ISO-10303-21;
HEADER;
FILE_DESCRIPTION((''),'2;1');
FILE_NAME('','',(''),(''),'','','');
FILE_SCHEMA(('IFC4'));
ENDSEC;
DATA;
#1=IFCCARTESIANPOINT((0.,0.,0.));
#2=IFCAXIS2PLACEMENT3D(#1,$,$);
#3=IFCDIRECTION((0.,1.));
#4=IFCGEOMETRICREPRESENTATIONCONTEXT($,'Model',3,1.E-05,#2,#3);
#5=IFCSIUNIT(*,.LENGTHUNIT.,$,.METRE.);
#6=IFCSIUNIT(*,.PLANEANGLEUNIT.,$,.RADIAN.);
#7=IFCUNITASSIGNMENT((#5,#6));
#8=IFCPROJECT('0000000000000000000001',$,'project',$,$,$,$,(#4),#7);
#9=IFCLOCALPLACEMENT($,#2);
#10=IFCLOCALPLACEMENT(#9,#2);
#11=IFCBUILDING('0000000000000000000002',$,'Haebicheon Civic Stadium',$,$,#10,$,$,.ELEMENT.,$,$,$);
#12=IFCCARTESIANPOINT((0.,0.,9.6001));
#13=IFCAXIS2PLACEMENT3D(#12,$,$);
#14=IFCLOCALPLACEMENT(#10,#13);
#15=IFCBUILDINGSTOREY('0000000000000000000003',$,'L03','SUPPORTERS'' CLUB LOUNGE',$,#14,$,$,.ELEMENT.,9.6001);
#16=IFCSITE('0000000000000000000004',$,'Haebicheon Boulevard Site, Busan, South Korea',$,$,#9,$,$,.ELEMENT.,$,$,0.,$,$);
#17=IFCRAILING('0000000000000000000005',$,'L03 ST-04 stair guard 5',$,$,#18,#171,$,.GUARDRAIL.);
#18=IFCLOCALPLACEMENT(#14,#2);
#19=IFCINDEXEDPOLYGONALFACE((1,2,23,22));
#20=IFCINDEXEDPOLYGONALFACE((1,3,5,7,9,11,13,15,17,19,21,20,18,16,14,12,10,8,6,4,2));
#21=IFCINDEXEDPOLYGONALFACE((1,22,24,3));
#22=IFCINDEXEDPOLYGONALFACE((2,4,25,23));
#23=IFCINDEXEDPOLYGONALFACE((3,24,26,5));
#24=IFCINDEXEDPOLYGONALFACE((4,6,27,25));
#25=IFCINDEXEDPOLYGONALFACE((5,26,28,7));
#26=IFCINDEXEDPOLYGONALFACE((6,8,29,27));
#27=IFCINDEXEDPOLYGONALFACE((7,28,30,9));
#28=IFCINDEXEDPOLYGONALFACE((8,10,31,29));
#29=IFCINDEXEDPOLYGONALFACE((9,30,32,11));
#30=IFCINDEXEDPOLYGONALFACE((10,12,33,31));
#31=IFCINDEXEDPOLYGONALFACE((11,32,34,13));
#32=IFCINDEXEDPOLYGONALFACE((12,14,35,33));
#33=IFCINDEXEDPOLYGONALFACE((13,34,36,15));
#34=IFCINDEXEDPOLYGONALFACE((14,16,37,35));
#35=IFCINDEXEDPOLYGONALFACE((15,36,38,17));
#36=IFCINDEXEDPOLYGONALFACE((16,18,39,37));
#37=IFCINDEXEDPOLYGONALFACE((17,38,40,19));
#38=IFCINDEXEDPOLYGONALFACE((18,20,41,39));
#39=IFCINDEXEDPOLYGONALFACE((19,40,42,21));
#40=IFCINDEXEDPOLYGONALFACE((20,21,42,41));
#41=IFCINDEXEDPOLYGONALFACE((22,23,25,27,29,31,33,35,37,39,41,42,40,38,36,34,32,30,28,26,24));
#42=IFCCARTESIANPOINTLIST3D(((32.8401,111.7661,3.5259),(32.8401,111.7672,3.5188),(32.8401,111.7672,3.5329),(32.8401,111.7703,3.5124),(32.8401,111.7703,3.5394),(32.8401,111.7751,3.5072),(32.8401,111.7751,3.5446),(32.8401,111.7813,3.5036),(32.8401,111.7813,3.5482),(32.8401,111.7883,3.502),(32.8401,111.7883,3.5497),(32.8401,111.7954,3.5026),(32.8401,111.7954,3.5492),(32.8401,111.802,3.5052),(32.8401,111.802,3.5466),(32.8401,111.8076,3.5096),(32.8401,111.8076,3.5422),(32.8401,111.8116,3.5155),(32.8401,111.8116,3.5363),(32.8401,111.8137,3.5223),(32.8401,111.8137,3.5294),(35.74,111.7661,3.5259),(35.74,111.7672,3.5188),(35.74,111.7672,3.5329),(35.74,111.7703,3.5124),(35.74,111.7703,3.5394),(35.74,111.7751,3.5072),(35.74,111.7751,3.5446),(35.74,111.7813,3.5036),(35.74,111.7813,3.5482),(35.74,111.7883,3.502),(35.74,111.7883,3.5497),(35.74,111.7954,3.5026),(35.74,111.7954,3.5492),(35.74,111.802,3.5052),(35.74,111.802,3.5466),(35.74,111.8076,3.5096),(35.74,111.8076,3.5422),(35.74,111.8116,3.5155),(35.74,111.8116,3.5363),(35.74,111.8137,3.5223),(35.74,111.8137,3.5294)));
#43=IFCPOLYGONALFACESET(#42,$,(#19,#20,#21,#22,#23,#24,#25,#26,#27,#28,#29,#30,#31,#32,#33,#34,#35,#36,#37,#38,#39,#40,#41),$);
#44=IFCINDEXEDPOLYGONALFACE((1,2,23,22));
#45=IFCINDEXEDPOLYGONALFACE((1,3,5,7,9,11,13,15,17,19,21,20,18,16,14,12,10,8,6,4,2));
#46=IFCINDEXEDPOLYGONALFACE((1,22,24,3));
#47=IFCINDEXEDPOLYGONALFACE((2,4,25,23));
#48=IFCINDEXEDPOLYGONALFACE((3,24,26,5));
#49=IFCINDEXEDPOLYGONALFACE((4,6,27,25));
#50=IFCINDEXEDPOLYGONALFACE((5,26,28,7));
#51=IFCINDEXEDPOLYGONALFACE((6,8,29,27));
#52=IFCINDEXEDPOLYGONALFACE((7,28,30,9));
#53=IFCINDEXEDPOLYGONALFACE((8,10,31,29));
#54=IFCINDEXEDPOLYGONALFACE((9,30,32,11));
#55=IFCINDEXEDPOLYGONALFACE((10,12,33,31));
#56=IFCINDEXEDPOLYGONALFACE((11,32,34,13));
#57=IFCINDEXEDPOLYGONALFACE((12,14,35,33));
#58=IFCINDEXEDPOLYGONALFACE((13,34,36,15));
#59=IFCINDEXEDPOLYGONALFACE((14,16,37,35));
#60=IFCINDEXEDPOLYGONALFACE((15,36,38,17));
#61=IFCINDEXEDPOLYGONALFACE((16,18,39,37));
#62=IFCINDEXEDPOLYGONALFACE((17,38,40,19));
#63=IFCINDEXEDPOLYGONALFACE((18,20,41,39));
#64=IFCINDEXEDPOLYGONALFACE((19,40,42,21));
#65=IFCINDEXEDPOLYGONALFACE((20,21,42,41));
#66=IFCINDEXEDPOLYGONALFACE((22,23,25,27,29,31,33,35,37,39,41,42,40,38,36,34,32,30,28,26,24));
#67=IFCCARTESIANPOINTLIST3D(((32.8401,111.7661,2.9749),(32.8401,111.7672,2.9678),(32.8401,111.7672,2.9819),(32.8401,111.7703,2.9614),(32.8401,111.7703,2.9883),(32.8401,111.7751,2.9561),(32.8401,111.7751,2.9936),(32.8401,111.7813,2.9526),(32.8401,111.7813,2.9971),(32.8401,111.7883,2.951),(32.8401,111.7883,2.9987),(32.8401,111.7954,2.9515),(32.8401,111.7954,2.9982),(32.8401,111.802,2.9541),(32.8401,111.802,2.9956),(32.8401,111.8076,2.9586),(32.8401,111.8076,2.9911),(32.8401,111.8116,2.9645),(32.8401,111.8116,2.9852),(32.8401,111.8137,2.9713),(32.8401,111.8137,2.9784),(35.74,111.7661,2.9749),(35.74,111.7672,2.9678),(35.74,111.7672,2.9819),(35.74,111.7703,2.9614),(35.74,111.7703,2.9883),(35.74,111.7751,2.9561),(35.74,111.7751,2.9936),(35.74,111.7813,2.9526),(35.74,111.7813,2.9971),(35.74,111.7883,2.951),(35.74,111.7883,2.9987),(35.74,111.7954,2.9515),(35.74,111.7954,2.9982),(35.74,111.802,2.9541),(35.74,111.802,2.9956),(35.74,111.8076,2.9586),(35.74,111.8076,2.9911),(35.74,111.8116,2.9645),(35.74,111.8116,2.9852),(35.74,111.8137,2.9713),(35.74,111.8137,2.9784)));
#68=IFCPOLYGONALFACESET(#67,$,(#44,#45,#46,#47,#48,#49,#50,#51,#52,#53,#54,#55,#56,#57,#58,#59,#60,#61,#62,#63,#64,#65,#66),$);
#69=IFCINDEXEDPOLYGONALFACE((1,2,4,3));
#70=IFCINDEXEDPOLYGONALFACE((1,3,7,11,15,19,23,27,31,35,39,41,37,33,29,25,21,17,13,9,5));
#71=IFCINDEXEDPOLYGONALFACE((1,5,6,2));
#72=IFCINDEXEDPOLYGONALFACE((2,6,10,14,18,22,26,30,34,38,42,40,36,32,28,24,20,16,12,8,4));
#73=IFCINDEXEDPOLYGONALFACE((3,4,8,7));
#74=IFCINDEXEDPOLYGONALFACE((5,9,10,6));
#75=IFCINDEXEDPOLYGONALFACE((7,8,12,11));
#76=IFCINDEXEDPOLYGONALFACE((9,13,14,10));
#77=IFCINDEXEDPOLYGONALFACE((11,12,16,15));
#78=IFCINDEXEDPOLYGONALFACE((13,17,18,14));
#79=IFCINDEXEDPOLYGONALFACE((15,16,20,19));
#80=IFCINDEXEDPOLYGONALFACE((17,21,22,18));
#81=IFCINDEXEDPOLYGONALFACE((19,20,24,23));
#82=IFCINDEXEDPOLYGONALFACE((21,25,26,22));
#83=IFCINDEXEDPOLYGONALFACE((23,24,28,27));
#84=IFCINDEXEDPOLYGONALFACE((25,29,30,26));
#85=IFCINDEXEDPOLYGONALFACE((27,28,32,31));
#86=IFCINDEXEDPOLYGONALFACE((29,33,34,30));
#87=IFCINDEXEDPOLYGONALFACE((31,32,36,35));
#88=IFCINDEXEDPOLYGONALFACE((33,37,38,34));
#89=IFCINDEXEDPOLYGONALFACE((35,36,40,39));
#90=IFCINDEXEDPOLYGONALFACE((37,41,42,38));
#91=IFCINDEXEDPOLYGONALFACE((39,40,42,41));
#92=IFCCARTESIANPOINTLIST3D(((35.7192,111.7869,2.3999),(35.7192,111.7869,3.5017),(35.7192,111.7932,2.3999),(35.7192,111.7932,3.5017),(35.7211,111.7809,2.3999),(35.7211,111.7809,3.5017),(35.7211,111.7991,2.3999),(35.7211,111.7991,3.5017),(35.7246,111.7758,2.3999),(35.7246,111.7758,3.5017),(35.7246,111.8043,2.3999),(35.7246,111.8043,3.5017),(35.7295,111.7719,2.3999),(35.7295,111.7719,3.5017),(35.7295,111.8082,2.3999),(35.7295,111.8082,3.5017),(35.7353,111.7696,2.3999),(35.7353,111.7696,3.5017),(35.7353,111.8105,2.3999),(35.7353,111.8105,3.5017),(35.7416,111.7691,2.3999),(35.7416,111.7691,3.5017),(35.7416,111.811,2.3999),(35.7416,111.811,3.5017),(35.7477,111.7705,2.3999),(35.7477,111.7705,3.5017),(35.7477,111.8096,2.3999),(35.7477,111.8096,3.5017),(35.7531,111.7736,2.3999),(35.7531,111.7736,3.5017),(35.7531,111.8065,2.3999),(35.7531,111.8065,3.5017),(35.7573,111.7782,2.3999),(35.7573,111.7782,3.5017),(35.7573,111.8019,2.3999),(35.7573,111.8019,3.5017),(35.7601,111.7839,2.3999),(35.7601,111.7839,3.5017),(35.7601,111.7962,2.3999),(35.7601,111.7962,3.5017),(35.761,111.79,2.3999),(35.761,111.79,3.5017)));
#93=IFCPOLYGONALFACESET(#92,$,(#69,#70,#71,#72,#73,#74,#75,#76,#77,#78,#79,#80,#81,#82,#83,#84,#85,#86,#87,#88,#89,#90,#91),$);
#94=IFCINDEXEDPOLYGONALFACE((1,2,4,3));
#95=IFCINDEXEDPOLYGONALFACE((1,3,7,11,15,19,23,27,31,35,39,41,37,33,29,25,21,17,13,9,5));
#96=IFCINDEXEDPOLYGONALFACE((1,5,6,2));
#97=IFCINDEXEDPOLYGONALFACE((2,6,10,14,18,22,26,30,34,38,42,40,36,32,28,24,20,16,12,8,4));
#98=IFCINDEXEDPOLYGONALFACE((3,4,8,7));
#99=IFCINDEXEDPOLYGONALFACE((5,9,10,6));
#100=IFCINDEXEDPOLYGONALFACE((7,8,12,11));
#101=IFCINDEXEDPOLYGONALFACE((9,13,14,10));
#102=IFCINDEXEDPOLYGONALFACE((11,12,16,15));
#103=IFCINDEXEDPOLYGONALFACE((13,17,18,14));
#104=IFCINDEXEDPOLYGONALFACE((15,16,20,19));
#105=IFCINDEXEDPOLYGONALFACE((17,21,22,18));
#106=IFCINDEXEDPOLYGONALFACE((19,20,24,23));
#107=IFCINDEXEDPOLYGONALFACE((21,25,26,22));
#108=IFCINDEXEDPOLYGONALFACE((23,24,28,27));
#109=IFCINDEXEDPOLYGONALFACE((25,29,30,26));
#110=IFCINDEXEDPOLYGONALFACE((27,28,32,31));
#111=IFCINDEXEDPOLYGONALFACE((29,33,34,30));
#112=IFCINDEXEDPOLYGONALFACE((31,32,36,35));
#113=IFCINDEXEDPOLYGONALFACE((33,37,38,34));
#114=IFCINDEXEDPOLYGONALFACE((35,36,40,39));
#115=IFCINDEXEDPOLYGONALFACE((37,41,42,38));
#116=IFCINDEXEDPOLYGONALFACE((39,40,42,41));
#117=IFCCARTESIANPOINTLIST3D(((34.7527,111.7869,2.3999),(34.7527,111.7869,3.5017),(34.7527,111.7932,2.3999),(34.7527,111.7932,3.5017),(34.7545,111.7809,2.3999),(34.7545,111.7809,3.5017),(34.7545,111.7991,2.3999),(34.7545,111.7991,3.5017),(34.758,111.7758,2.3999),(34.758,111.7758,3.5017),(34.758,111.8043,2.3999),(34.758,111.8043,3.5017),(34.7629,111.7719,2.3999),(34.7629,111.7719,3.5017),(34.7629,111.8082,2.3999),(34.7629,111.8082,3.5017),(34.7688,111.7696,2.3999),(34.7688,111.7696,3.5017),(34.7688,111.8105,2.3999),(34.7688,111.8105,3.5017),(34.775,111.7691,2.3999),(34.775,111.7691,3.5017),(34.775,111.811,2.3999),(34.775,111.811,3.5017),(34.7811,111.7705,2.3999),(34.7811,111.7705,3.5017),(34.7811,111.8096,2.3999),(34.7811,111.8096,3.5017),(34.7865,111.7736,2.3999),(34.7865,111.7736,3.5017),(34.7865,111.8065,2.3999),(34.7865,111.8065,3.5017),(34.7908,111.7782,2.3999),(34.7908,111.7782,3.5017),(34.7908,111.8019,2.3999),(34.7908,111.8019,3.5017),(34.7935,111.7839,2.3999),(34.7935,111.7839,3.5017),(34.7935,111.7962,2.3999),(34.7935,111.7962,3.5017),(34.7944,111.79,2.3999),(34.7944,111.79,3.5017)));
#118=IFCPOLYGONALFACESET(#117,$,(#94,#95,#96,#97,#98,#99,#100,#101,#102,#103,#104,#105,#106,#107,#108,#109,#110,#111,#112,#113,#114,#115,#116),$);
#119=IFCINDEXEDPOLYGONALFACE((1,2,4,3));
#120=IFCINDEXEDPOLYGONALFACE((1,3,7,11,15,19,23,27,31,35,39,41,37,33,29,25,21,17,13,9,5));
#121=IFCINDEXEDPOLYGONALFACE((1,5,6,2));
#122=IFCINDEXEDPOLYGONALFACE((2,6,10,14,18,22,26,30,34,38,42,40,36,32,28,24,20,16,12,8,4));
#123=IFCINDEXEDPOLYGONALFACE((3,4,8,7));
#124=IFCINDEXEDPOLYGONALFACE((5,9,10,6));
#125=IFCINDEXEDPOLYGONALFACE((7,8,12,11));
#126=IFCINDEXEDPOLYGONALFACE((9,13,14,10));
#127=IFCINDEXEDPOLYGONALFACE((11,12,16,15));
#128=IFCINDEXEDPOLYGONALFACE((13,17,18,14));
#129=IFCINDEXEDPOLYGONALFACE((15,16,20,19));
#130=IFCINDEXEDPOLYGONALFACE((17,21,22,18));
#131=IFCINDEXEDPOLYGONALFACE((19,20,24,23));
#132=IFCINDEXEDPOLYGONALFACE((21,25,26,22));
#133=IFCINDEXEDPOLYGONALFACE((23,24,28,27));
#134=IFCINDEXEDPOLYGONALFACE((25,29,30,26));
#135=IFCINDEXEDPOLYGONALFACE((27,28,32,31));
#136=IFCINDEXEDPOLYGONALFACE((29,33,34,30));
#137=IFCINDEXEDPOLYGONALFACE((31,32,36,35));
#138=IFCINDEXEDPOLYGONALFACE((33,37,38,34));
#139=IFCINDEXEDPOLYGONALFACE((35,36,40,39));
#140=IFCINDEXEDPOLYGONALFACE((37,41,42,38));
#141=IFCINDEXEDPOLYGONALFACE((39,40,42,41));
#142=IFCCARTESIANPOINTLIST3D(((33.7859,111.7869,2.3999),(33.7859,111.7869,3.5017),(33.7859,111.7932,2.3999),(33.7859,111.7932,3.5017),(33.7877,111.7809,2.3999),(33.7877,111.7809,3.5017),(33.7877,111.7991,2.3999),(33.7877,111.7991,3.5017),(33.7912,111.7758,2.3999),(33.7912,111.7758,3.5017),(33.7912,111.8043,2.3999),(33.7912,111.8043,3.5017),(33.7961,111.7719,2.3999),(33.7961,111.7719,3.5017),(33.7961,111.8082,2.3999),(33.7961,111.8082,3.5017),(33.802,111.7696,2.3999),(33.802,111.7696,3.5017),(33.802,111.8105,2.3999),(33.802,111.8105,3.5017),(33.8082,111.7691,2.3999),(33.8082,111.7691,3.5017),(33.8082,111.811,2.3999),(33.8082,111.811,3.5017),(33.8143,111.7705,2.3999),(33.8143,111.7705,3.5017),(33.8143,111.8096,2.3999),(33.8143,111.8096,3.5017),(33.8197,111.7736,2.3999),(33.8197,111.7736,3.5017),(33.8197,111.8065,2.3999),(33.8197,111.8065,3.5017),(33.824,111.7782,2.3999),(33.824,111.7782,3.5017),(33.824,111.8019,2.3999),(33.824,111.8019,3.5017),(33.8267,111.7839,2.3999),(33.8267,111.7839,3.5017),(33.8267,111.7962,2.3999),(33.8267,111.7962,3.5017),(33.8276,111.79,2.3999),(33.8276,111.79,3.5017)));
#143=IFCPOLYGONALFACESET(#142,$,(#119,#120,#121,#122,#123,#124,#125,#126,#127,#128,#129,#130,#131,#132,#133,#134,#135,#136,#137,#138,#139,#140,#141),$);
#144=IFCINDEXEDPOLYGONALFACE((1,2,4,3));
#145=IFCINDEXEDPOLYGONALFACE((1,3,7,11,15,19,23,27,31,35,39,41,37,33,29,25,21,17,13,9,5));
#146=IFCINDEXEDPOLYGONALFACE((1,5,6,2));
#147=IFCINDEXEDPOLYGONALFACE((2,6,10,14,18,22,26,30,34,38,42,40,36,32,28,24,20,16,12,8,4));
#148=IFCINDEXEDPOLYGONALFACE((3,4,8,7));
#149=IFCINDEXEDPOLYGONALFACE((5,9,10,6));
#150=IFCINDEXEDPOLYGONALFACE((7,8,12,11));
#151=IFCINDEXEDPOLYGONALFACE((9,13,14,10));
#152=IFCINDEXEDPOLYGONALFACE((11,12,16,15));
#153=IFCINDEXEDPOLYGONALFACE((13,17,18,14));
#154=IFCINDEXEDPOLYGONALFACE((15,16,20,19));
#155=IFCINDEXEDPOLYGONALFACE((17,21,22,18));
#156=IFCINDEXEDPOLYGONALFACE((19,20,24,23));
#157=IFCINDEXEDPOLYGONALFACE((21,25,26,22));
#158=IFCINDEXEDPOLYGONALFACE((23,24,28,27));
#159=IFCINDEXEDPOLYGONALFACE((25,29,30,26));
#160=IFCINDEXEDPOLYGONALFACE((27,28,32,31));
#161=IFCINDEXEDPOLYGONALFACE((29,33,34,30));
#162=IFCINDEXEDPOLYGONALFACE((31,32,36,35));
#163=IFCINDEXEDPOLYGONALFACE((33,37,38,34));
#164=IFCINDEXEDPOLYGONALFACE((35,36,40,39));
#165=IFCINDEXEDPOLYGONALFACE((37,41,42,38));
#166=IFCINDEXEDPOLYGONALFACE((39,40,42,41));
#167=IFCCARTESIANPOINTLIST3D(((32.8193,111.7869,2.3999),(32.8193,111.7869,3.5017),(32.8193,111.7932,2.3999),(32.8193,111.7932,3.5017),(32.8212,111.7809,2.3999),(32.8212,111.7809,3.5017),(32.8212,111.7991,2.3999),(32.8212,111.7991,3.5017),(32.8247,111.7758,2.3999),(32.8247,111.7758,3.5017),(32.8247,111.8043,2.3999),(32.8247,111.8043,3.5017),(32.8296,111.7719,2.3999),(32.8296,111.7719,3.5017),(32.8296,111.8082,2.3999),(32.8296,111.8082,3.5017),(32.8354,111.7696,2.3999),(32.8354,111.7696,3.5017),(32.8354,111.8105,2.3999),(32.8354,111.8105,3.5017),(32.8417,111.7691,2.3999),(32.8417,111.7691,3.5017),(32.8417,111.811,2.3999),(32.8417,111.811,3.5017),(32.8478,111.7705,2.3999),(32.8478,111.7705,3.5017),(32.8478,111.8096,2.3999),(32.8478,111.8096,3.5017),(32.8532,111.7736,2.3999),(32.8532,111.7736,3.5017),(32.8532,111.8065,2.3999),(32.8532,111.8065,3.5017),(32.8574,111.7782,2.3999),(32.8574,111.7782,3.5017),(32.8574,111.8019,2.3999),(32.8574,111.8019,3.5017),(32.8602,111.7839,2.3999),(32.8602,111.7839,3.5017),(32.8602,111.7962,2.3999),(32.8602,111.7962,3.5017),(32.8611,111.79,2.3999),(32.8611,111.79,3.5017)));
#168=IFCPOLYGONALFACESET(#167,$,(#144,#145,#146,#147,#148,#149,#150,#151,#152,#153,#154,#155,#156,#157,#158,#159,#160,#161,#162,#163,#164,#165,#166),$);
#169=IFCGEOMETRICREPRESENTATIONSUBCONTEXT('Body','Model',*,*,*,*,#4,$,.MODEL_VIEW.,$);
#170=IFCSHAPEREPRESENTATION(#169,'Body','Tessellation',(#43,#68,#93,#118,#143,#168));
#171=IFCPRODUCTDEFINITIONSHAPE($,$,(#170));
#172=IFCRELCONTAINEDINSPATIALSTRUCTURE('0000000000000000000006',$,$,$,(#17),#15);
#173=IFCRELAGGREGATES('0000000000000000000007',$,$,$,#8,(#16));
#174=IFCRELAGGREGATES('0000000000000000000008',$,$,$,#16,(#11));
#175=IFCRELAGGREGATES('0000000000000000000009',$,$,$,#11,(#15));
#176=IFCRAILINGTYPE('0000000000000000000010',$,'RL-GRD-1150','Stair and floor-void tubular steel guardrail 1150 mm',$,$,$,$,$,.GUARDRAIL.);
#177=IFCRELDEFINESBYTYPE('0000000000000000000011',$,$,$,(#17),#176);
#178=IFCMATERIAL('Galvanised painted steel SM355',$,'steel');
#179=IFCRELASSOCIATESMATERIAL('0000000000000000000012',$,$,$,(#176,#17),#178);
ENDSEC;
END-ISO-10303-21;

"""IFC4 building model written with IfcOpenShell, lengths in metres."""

from ifc_helpers import new_model, si_unit, direction, frame, origin, origin_2d, place, context, subcontext, project, spatial, circle, extrude, material, type_object, element, save


model = new_model("IFC4")

# Units and contexts
model_context = context("Model", 3, precision=1e-05, world=origin(), true_north=direction((0.0, 1.0)))
body_context = subcontext(model_context, "Body", "Model", "MODEL_VIEW")
ifc_project = project(units=[si_unit("LENGTHUNIT", "METRE"), si_unit("PLANEANGLEUNIT", "RADIAN")], contexts=[model_context])

# Site, building, storey
site_placement = place(None, origin())
site = spatial("IfcSite", under=ifc_project, at=site_placement, Name="Haebicheon Boulevard Site, Busan, South Korea", CompositionType="ELEMENT", RefElevation=0.0)
building_placement = place(site_placement, origin())
building = spatial("IfcBuilding", under=site, at=building_placement, Name="Haebicheon Civic Stadium", CompositionType="ELEMENT")
storey_placement = place(building_placement, frame((0.0, 0.0, 9.6001)))
storey = spatial("IfcBuildingStorey", under=building, at=storey_placement, Name="L03", Description="SUPPORTERS' CLUB LOUNGE", CompositionType="ELEMENT", Elevation=9.6001)

# Railing
ifc_material_1 = material(Name="Galvanised painted steel SM355", Category="steel")
railing_type_1 = type_object("IfcRailingType", Name="RL-GRD-1150", Description="Stair and floor-void tubular steel guardrail 1150 mm", PredefinedType="GUARDRAIL", material=ifc_material_1)
railing_1_placement = place(storey_placement, frame((35.74, 111.79, 2.3999)))
element("IfcRailing", 1, at=railing_1_placement, inside=storey, type_object=railing_type_1, material=ifc_material_1, Name="L03 ST-04 stair guard 5", PredefinedType="GUARDRAIL", context=body_context, shape_type="SweptSolid", body=[
    extrude(circle(Radius=0.0239, at=origin_2d()), frame((0.0, 0.0, 1.126), z_axis=(-1.0, 0.0, 0.0), x_axis=(0.0, -1.0, 0.0)), (0.0, 0.0, 1.0), 2.8999),
    extrude(circle(Radius=0.0239, at=origin_2d()), frame((0.0, 0.0, 0.575), z_axis=(-1.0, 0.0, 0.0), x_axis=(0.0, -1.0, 0.0)), (0.0, 0.0, 1.0), 2.8999),
    extrude(circle(Radius=0.021, at=origin_2d()), origin(), (0.0, 0.0, 1.0), 1.1018),
    extrude(circle(Radius=0.021, at=origin_2d()), frame((-0.9666, 0.0, 0.0)), (0.0, 0.0, 1.0), 1.1018),
    extrude(circle(Radius=0.021, at=origin_2d()), frame((-1.9333, 0.0, 0.0)), (0.0, 0.0, 1.0), 1.1018),
    extrude(circle(Radius=0.021, at=origin_2d()), frame((-2.8999, 0.0, 0.0)), (0.0, 0.0, 1.0), 1.1018),
])

save(model, "model.ifc")
